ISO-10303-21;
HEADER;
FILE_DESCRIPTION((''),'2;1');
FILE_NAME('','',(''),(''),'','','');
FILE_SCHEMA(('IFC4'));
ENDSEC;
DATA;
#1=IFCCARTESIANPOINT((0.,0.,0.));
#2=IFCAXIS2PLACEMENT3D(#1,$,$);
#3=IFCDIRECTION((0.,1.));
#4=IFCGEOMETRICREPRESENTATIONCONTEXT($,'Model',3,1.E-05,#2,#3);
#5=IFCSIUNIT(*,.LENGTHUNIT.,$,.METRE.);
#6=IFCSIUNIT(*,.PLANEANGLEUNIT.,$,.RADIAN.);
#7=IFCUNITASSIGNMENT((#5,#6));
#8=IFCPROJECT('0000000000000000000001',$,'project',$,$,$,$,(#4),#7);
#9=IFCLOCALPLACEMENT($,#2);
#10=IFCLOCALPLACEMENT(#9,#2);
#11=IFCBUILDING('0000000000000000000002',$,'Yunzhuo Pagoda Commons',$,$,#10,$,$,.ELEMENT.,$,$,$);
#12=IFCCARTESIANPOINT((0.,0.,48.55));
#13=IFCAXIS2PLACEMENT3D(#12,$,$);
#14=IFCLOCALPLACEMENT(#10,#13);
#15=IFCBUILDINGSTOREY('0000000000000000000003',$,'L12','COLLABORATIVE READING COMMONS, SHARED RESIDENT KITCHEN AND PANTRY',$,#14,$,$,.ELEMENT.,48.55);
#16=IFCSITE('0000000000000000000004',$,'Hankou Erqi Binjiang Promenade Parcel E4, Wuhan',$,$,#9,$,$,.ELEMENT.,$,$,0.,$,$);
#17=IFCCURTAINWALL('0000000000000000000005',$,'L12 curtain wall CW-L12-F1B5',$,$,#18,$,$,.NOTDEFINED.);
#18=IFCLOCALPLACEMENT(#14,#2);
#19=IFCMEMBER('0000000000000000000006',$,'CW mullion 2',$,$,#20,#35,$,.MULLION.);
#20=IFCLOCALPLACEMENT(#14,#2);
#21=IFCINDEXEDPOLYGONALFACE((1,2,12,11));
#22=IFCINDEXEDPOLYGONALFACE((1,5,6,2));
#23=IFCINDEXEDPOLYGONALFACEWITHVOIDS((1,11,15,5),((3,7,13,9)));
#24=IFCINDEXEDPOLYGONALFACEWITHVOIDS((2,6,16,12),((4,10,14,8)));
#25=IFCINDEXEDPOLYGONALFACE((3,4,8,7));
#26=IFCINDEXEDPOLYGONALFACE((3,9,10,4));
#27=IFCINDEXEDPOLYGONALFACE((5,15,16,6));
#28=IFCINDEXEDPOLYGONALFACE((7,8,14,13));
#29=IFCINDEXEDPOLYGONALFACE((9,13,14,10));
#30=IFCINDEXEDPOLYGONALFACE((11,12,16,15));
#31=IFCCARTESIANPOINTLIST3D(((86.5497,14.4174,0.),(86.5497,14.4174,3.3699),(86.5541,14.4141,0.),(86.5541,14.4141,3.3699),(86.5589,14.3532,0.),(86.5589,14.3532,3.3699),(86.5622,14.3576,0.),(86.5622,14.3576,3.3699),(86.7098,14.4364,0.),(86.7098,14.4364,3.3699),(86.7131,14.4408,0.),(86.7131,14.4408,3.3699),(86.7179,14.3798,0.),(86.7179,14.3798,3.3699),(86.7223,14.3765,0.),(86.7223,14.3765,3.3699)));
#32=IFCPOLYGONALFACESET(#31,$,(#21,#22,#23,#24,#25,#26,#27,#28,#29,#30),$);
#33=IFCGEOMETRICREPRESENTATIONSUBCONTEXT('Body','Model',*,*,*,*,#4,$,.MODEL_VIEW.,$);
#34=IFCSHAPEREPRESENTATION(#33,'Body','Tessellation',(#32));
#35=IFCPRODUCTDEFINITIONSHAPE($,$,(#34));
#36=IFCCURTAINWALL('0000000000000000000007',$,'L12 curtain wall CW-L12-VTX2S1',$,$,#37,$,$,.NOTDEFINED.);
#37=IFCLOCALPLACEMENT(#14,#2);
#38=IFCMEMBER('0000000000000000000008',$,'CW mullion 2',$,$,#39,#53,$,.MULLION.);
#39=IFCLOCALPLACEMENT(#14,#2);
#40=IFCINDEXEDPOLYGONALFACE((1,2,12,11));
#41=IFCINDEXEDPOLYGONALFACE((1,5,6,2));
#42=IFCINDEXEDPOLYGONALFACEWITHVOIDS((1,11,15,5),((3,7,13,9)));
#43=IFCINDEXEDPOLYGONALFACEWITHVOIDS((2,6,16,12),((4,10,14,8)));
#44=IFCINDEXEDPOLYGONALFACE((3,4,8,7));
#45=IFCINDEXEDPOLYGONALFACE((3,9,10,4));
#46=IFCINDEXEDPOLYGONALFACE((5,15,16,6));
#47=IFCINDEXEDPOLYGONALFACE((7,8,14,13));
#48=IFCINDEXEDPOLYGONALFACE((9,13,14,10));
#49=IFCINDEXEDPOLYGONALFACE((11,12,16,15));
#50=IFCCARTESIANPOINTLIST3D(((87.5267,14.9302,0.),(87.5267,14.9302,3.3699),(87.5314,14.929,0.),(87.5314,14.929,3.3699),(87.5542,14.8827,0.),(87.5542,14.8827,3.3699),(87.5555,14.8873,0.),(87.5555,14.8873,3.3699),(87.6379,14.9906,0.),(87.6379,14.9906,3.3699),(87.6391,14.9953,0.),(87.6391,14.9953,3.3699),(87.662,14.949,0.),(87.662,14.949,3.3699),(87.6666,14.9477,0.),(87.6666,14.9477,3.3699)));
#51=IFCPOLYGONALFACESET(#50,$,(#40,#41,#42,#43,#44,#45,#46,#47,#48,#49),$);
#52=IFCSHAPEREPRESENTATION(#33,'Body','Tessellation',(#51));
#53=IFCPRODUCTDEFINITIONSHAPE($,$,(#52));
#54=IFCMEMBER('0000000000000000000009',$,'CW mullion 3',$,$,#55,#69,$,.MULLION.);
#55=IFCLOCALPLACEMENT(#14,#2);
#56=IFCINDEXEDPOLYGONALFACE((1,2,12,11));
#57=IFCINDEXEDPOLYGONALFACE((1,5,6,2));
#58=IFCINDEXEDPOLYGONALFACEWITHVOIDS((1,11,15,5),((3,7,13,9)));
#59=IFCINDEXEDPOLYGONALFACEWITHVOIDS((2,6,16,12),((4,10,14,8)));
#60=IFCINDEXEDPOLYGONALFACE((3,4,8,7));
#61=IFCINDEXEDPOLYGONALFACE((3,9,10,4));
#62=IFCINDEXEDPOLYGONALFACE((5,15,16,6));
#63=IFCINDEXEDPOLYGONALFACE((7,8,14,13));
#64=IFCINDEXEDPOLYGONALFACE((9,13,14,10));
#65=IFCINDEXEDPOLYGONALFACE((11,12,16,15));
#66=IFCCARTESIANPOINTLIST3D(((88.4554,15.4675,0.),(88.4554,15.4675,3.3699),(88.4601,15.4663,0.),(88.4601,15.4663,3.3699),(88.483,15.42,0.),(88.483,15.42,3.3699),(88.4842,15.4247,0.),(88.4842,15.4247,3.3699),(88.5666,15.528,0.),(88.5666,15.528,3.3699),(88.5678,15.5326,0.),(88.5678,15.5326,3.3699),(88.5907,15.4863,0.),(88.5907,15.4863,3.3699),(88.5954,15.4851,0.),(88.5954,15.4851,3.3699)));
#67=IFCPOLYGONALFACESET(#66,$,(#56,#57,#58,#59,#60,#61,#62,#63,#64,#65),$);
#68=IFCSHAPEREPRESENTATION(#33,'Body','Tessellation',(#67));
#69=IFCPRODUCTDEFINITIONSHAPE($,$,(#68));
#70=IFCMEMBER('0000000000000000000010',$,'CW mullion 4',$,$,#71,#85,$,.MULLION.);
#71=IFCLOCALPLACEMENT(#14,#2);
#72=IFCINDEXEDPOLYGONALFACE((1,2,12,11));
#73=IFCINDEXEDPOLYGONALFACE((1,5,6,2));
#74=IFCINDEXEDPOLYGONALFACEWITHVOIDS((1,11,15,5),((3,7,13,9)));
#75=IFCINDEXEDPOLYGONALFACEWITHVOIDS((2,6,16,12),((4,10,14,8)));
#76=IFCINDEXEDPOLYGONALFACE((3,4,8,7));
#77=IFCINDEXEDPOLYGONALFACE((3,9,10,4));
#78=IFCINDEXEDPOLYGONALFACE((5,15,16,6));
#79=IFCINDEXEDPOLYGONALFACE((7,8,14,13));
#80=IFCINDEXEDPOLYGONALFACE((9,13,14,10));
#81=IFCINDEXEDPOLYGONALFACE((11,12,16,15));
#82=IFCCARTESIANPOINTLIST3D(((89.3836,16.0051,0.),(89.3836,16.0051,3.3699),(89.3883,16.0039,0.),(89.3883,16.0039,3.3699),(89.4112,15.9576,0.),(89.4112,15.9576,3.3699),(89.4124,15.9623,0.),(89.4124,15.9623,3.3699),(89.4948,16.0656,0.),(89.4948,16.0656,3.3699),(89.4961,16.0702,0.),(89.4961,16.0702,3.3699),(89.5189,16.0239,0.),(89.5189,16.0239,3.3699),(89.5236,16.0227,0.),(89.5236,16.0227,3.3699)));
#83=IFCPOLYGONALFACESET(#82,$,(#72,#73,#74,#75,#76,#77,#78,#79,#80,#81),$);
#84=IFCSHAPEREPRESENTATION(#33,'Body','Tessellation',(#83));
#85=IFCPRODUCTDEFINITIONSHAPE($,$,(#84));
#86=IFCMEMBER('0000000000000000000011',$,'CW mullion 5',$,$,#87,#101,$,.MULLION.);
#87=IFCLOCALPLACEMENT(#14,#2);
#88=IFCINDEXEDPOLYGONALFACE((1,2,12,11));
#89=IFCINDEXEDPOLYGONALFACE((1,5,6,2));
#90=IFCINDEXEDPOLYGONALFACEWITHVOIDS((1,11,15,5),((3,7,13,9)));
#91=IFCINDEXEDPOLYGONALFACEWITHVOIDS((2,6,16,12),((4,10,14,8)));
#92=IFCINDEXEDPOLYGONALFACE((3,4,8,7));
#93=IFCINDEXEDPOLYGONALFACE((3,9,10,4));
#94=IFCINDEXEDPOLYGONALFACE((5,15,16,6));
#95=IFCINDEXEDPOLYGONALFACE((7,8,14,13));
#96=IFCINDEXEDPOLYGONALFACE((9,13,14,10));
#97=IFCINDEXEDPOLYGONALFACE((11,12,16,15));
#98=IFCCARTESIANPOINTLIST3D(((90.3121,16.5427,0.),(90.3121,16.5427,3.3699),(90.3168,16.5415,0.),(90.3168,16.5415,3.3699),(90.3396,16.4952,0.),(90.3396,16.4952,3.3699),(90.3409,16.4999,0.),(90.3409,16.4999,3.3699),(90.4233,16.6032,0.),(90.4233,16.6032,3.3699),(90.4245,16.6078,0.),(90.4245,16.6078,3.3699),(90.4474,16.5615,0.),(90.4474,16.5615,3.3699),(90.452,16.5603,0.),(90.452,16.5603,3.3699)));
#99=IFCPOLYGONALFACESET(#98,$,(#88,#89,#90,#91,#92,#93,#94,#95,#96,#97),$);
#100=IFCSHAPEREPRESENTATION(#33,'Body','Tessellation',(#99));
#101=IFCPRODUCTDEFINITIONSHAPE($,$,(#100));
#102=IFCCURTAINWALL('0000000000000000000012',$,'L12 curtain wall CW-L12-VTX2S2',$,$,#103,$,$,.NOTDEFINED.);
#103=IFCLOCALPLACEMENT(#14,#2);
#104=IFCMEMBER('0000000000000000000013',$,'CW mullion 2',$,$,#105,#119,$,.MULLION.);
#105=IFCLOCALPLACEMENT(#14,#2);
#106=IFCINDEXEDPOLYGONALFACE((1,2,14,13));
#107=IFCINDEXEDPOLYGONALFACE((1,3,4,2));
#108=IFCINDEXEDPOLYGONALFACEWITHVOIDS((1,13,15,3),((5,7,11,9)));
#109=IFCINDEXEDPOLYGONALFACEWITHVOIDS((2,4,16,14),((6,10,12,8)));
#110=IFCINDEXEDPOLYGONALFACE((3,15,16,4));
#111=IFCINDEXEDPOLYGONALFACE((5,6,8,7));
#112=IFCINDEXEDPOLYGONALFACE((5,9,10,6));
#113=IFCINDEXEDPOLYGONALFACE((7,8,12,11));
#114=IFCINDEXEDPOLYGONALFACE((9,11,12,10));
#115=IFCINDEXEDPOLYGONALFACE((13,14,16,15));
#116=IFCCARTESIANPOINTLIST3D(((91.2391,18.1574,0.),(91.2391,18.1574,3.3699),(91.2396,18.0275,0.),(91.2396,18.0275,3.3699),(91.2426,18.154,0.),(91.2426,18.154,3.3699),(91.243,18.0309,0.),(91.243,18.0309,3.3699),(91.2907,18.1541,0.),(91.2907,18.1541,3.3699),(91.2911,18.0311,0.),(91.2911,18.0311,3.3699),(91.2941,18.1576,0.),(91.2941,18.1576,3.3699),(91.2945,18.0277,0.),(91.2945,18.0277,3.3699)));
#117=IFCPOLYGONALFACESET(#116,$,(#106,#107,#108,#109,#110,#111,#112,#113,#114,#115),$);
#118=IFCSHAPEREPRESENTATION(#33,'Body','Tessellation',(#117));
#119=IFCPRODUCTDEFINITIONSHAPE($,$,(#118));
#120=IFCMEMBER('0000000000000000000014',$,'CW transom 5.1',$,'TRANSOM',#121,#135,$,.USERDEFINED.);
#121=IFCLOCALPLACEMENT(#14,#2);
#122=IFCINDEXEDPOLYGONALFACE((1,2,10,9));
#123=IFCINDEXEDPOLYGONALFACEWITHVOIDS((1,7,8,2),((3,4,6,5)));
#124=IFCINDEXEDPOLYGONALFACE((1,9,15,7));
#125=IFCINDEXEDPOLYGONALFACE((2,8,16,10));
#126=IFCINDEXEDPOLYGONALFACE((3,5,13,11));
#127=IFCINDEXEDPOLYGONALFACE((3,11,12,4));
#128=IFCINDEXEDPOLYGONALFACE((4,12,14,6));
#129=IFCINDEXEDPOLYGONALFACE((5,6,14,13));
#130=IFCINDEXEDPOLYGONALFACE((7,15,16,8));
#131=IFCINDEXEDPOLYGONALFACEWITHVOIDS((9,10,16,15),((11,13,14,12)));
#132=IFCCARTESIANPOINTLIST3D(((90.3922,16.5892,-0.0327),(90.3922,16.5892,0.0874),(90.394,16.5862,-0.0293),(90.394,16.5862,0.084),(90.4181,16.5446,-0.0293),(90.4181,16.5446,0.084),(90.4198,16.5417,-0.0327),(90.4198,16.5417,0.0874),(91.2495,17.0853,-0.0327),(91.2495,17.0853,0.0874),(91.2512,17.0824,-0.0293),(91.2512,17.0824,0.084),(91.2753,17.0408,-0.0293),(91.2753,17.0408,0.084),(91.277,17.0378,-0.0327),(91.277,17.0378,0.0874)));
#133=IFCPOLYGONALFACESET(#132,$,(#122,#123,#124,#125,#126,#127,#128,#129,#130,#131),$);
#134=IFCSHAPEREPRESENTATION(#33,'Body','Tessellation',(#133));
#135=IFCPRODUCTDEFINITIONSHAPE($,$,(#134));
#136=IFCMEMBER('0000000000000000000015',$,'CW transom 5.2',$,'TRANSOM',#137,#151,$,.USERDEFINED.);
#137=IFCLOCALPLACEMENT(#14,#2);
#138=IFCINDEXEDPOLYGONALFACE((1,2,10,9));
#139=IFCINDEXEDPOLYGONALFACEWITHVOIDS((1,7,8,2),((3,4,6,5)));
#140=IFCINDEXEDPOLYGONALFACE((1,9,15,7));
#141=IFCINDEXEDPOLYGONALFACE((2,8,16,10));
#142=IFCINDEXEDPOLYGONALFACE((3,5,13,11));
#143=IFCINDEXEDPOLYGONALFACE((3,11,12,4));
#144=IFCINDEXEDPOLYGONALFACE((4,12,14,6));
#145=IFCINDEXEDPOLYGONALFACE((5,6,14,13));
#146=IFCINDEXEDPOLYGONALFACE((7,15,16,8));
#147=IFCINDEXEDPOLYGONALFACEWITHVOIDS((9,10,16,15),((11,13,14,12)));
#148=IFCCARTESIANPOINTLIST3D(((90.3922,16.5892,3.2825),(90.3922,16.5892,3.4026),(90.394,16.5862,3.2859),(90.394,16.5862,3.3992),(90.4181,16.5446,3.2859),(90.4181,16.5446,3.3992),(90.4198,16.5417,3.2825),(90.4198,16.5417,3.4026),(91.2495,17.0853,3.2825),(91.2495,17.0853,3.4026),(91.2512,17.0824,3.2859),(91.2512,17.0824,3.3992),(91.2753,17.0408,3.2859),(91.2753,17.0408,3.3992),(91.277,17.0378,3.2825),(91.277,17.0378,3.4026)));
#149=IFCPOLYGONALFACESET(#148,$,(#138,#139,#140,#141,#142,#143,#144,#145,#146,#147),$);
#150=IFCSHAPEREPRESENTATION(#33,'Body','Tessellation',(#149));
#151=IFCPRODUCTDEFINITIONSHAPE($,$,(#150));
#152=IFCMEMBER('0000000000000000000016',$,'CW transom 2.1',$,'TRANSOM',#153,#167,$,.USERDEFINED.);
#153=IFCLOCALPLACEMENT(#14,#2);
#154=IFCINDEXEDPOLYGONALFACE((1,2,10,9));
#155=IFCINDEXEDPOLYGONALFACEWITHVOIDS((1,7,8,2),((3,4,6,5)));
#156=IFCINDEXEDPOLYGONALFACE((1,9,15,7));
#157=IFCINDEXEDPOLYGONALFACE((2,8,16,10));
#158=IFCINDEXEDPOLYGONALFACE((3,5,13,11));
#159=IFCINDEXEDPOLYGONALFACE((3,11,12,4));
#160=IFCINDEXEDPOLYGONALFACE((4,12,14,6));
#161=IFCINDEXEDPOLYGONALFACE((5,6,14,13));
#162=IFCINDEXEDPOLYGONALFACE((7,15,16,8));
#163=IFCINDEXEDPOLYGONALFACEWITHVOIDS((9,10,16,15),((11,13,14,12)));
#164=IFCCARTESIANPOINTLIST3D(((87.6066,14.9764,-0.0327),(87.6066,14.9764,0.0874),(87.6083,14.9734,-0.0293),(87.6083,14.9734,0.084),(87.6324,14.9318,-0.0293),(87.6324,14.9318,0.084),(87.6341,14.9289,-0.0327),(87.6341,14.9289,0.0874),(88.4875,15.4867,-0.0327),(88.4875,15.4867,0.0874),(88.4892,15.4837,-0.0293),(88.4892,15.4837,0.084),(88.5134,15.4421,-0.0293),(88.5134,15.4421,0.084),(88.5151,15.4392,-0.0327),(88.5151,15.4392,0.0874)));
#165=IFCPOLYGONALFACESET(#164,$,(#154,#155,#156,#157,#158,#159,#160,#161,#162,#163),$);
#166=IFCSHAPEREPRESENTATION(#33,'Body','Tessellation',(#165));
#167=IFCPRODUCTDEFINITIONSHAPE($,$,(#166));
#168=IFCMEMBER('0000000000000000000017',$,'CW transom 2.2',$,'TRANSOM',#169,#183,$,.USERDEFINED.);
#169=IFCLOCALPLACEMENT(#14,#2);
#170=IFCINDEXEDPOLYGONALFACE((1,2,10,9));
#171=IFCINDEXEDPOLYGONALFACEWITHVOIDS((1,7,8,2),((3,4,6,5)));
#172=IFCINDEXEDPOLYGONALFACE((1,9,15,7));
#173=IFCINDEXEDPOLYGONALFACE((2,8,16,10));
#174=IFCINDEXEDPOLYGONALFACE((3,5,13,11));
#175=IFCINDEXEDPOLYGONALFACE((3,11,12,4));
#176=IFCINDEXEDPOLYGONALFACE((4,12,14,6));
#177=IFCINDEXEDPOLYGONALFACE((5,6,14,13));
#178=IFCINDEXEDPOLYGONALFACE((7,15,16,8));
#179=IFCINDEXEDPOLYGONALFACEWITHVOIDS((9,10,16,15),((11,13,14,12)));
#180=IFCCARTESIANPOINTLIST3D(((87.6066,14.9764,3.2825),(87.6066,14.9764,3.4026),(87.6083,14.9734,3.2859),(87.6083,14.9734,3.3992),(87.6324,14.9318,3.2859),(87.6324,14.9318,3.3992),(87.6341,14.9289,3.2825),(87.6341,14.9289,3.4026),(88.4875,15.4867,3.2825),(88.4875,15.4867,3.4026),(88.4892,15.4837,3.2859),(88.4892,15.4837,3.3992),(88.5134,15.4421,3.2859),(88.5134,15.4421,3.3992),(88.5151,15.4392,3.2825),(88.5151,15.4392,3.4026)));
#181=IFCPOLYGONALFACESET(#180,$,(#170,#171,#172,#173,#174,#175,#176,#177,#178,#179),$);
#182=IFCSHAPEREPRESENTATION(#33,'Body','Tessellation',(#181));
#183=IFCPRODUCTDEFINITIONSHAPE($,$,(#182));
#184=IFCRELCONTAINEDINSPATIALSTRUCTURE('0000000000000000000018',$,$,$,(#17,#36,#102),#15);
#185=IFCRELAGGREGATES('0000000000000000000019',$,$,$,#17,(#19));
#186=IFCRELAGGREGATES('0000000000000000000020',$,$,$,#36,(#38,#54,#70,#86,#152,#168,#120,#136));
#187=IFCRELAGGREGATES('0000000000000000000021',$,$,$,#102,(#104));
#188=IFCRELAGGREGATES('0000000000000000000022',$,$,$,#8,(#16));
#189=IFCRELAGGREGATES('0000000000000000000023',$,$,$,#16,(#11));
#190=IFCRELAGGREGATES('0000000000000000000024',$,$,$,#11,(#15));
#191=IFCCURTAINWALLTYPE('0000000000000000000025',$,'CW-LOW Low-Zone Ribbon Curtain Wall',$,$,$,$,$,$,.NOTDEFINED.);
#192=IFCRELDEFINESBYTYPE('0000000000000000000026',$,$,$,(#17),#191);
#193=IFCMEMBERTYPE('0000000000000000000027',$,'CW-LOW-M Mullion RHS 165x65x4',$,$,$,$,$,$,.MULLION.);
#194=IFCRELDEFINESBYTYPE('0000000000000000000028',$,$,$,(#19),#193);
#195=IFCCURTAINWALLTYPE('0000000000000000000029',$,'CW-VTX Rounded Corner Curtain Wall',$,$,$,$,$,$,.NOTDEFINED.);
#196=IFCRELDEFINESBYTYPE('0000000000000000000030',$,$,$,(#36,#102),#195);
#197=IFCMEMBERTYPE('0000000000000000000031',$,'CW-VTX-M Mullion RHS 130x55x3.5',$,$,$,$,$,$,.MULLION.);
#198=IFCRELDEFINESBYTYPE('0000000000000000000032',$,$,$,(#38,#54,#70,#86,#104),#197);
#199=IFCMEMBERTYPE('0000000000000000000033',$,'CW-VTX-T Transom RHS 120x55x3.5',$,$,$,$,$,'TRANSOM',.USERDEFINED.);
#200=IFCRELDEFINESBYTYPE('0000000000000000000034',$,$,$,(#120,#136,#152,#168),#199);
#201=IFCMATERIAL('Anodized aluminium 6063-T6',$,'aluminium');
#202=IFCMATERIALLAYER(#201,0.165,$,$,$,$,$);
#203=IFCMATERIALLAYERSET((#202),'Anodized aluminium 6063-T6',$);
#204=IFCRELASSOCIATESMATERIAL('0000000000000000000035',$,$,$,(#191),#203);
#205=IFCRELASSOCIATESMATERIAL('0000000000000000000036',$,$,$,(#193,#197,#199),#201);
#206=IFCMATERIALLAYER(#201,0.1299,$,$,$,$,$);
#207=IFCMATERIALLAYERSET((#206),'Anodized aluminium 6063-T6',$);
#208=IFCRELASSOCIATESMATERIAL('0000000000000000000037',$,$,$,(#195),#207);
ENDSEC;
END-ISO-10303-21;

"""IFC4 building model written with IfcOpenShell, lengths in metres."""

from ifc_helpers import new_model, si_unit, direction, frame, origin, origin_2d, place, context, subcontext, project, spatial, hollow_rectangle, extrude, source, transform, mapped, material, layer, layer_set, material_profile, profile_set, type_object, element, aggregate, save


model = new_model("IFC4")

# Units and contexts
model_context = context("Model", 3, precision=1e-05, world=origin(), true_north=direction((0.0, 1.0)))
body_context = subcontext(model_context, "Body", "Model", "MODEL_VIEW")
ifc_project = project(units=[si_unit("LENGTHUNIT", "METRE"), si_unit("PLANEANGLEUNIT", "RADIAN")], contexts=[model_context])

# Site, building, storey
site_placement = place(None, origin())
site = spatial("IfcSite", under=ifc_project, at=site_placement, Name="Hankou Erqi Binjiang Promenade Parcel E4, Wuhan", CompositionType="ELEMENT", RefElevation=0.0)
building_placement = place(site_placement, origin())
building = spatial("IfcBuilding", under=site, at=building_placement, Name="Yunzhuo Pagoda Commons", CompositionType="ELEMENT")
storey_placement = place(building_placement, frame((0.0, 0.0, 48.55)))
storey = spatial("IfcBuildingStorey", under=building, at=storey_placement, Name="L12", Description="COLLABORATIVE READING COMMONS, SHARED RESIDENT KITCHEN AND PANTRY", CompositionType="ELEMENT", Elevation=48.55)

# Curtain wall, member
ifc_material_1 = material(Name="Anodized aluminium 6063-T6", Category="aluminium")
ifc_layer_1 = layer(ifc_material_1, 0.165)
ifc_layer_set_1 = layer_set([ifc_layer_1], Name="Anodized aluminium 6063-T6")
curtain_wall_type_1 = type_object("IfcCurtainWallType", Name="CW-LOW Low-Zone Ribbon Curtain Wall", PredefinedType="NOTDEFINED", material=ifc_layer_set_1)
curtain_wall_1_placement = place(storey_placement, origin())
curtain_wall_1 = element("IfcCurtainWall", 1, at=curtain_wall_1_placement, inside=storey, type_object=curtain_wall_type_1, Name="L12 curtain wall CW-L12-F1B5", PredefinedType="NOTDEFINED")
ifc_material_profile_1 = material_profile(ifc_material_1, hollow_rectangle(XDim=0.0649, YDim=0.165, WallThickness=0.0039, at=origin_2d()), Name="Anodized aluminium 6063-T6")
ifc_profile_set_1 = profile_set([ifc_material_profile_1], Name="Anodized aluminium 6063-T6")
member_type_1 = type_object("IfcMemberType", Name="CW-LOW-M Mullion RHS 165x65x4", PredefinedType="MULLION", material=ifc_profile_set_1)
shared_shape_1 = source(origin(), body_context, "Body", "SweptSolid", [
    extrude(hollow_rectangle(XDim=0.0649, YDim=0.165, WallThickness=0.0039, at=origin_2d()), origin(), (0.0, 0.0, 1.0), 3.3699),
])
member_1_placement = place(storey_placement, frame((86.636, 14.397, 0.0), z_axis=(0.0, 0.0, 1.0), x_axis=(-0.141493, 0.989939, 0.0)))
member_1 = element("IfcMember", 2, at=member_1_placement, type_object=member_type_1, Name="CW mullion 2", PredefinedType="MULLION", context=body_context, shape_type="MappedRepresentation", body=[
    mapped(shared_shape_1, transform((0.0, 0.0, 0.0), scale=1.0)),
])
aggregate(curtain_wall_1, [member_1])

# Curtain wall, members
ifc_layer_2 = layer(ifc_material_1, 0.1299)
ifc_layer_set_2 = layer_set([ifc_layer_2], Name="Anodized aluminium 6063-T6")
curtain_wall_type_2 = type_object("IfcCurtainWallType", Name="CW-VTX Rounded Corner Curtain Wall", PredefinedType="NOTDEFINED", material=ifc_layer_set_2)
curtain_wall_2_placement = place(storey_placement, origin())
curtain_wall_2 = element("IfcCurtainWall", 3, at=curtain_wall_2_placement, inside=storey, type_object=curtain_wall_type_2, Name="L12 curtain wall CW-L12-VTX2S1", PredefinedType="NOTDEFINED")
ifc_material_profile_2 = material_profile(ifc_material_1, hollow_rectangle(XDim=0.0549, YDim=0.1299, WallThickness=0.0034, at=origin_2d()), Name="Anodized aluminium 6063-T6")
ifc_profile_set_2 = profile_set([ifc_material_profile_2], Name="Anodized aluminium 6063-T6")
member_type_2 = type_object("IfcMemberType", Name="CW-VTX-M Mullion RHS 130x55x3.5", PredefinedType="MULLION", material=ifc_profile_set_2)
shared_shape_2 = source(origin(), body_context, "Body", "SweptSolid", [
    extrude(hollow_rectangle(XDim=0.0549, YDim=0.1299, WallThickness=0.0034, at=origin_2d()), origin(), (0.0, 0.0, 1.0), 3.3699),
])
member_2_placement = place(storey_placement, frame((87.5967, 14.939, 0.0), z_axis=(0.0, 0.0, 1.0), x_axis=(-0.501041, 0.865423, 0.0)))
member_2 = element("IfcMember", 4, at=member_2_placement, type_object=member_type_2, Name="CW mullion 2", PredefinedType="MULLION", context=body_context, shape_type="MappedRepresentation", body=[
    mapped(shared_shape_2, transform((0.0, 0.0, 0.0), scale=1.0)),
])
member_3_placement = place(storey_placement, frame((88.5254, 15.4763, 0.0), z_axis=(0.0, 0.0, 1.0), x_axis=(-0.501041, 0.865423, 0.0)))
member_3 = element("IfcMember", 5, at=member_3_placement, type_object=member_type_2, Name="CW mullion 3", PredefinedType="MULLION", context=body_context, shape_type="MappedRepresentation", body=[
    mapped(shared_shape_2, transform((0.0, 0.0, 0.0), scale=1.0)),
])
member_4_placement = place(storey_placement, frame((89.4536, 16.0139, 0.0), z_axis=(0.0, 0.0, 1.0), x_axis=(-0.501041, 0.865423, 0.0)))
member_4 = element("IfcMember", 6, at=member_4_placement, type_object=member_type_2, Name="CW mullion 4", PredefinedType="MULLION", context=body_context, shape_type="MappedRepresentation", body=[
    mapped(shared_shape_2, transform((0.0, 0.0, 0.0), scale=1.0)),
])
member_5_placement = place(storey_placement, frame((90.3821, 16.5515, 0.0), z_axis=(0.0, 0.0, 1.0), x_axis=(-0.501041, 0.865423, 0.0)))
member_5 = element("IfcMember", 7, at=member_5_placement, type_object=member_type_2, Name="CW mullion 5", PredefinedType="MULLION", context=body_context, shape_type="MappedRepresentation", body=[
    mapped(shared_shape_2, transform((0.0, 0.0, 0.0), scale=1.0)),
])

# Curtain wall, member
curtain_wall_3_placement = place(storey_placement, origin())
curtain_wall_3 = element("IfcCurtainWall", 8, at=curtain_wall_3_placement, inside=storey, type_object=curtain_wall_type_2, Name="L12 curtain wall CW-L12-VTX2S2", PredefinedType="NOTDEFINED")
member_6_placement = place(storey_placement, frame((91.2668, 18.0925, 0.0), z_axis=(0.0, 0.0, 1.0), x_axis=(-0.999994, -0.003579, 0.0)))
member_6 = element("IfcMember", 9, at=member_6_placement, type_object=member_type_2, Name="CW mullion 2", PredefinedType="MULLION", context=body_context, shape_type="MappedRepresentation", body=[
    mapped(shared_shape_2, transform((0.0, 0.0, 0.0), scale=1.0)),
])

# Members
ifc_material_profile_3 = material_profile(ifc_material_1, hollow_rectangle(XDim=0.0549, YDim=0.1201, WallThickness=0.0034, at=origin_2d()), Name="Anodized aluminium 6063-T6")
ifc_profile_set_3 = profile_set([ifc_material_profile_3], Name="Anodized aluminium 6063-T6")
member_type_3 = type_object("IfcMemberType", Name="CW-VTX-T Transom RHS 120x55x3.5", ElementType="TRANSOM", PredefinedType="USERDEFINED", material=ifc_profile_set_3)
shared_shape_3 = source(origin(), body_context, "Body", "SweptSolid", [
    extrude(hollow_rectangle(XDim=0.0549, YDim=0.1201, WallThickness=0.0034, at=origin_2d()), origin(), (0.0, 0.0, 1.0), 0.9905),
])
member_7_placement = place(storey_placement, frame((90.406, 16.5654, 0.0273), z_axis=(0.865499, 0.50091, 0.0), x_axis=(-0.50091, 0.865499, 0.0)))
member_7 = element("IfcMember", 10, at=member_7_placement, type_object=member_type_3, Name="CW transom 5.1", ObjectType="TRANSOM", PredefinedType="USERDEFINED", context=body_context, shape_type="MappedRepresentation", body=[
    mapped(shared_shape_3, transform((0.0, 0.0, 0.0), scale=1.0)),
])
member_8_placement = place(storey_placement, frame((90.406, 16.5654, 3.3425), z_axis=(0.865499, 0.50091, 0.0), x_axis=(-0.50091, 0.865499, 0.0)))
member_8 = element("IfcMember", 11, at=member_8_placement, type_object=member_type_3, Name="CW transom 5.2", ObjectType="TRANSOM", PredefinedType="USERDEFINED", context=body_context, shape_type="MappedRepresentation", body=[
    mapped(shared_shape_3, transform((0.0, 0.0, 0.0), scale=1.0)),
])
shared_shape_4 = source(origin(), body_context, "Body", "SweptSolid", [
    extrude(hollow_rectangle(XDim=0.0549, YDim=0.1201, WallThickness=0.0034, at=origin_2d()), origin(), (0.0, 0.0, 1.0), 1.0181),
])
member_9_placement = place(storey_placement, frame((87.6204, 14.9526, 0.0273), z_axis=(0.865306, 0.501244, 0.0), x_axis=(-0.501244, 0.865306, 0.0)))
member_9 = element("IfcMember", 12, at=member_9_placement, type_object=member_type_3, Name="CW transom 2.1", ObjectType="TRANSOM", PredefinedType="USERDEFINED", context=body_context, shape_type="MappedRepresentation", body=[
    mapped(shared_shape_4, transform((0.0, 0.0, 0.0), scale=1.0)),
])
member_10_placement = place(storey_placement, frame((87.6204, 14.9526, 3.3425), z_axis=(0.865306, 0.501244, 0.0), x_axis=(-0.501244, 0.865306, 0.0)))
member_10 = element("IfcMember", 13, at=member_10_placement, type_object=member_type_3, Name="CW transom 2.2", ObjectType="TRANSOM", PredefinedType="USERDEFINED", context=body_context, shape_type="MappedRepresentation", body=[
    mapped(shared_shape_4, transform((0.0, 0.0, 0.0), scale=1.0)),
])

aggregate(curtain_wall_2, [member_2, member_3, member_4, member_5, member_9, member_10, member_7, member_8])
aggregate(curtain_wall_3, [member_6])

save(model, "model.ifc")
